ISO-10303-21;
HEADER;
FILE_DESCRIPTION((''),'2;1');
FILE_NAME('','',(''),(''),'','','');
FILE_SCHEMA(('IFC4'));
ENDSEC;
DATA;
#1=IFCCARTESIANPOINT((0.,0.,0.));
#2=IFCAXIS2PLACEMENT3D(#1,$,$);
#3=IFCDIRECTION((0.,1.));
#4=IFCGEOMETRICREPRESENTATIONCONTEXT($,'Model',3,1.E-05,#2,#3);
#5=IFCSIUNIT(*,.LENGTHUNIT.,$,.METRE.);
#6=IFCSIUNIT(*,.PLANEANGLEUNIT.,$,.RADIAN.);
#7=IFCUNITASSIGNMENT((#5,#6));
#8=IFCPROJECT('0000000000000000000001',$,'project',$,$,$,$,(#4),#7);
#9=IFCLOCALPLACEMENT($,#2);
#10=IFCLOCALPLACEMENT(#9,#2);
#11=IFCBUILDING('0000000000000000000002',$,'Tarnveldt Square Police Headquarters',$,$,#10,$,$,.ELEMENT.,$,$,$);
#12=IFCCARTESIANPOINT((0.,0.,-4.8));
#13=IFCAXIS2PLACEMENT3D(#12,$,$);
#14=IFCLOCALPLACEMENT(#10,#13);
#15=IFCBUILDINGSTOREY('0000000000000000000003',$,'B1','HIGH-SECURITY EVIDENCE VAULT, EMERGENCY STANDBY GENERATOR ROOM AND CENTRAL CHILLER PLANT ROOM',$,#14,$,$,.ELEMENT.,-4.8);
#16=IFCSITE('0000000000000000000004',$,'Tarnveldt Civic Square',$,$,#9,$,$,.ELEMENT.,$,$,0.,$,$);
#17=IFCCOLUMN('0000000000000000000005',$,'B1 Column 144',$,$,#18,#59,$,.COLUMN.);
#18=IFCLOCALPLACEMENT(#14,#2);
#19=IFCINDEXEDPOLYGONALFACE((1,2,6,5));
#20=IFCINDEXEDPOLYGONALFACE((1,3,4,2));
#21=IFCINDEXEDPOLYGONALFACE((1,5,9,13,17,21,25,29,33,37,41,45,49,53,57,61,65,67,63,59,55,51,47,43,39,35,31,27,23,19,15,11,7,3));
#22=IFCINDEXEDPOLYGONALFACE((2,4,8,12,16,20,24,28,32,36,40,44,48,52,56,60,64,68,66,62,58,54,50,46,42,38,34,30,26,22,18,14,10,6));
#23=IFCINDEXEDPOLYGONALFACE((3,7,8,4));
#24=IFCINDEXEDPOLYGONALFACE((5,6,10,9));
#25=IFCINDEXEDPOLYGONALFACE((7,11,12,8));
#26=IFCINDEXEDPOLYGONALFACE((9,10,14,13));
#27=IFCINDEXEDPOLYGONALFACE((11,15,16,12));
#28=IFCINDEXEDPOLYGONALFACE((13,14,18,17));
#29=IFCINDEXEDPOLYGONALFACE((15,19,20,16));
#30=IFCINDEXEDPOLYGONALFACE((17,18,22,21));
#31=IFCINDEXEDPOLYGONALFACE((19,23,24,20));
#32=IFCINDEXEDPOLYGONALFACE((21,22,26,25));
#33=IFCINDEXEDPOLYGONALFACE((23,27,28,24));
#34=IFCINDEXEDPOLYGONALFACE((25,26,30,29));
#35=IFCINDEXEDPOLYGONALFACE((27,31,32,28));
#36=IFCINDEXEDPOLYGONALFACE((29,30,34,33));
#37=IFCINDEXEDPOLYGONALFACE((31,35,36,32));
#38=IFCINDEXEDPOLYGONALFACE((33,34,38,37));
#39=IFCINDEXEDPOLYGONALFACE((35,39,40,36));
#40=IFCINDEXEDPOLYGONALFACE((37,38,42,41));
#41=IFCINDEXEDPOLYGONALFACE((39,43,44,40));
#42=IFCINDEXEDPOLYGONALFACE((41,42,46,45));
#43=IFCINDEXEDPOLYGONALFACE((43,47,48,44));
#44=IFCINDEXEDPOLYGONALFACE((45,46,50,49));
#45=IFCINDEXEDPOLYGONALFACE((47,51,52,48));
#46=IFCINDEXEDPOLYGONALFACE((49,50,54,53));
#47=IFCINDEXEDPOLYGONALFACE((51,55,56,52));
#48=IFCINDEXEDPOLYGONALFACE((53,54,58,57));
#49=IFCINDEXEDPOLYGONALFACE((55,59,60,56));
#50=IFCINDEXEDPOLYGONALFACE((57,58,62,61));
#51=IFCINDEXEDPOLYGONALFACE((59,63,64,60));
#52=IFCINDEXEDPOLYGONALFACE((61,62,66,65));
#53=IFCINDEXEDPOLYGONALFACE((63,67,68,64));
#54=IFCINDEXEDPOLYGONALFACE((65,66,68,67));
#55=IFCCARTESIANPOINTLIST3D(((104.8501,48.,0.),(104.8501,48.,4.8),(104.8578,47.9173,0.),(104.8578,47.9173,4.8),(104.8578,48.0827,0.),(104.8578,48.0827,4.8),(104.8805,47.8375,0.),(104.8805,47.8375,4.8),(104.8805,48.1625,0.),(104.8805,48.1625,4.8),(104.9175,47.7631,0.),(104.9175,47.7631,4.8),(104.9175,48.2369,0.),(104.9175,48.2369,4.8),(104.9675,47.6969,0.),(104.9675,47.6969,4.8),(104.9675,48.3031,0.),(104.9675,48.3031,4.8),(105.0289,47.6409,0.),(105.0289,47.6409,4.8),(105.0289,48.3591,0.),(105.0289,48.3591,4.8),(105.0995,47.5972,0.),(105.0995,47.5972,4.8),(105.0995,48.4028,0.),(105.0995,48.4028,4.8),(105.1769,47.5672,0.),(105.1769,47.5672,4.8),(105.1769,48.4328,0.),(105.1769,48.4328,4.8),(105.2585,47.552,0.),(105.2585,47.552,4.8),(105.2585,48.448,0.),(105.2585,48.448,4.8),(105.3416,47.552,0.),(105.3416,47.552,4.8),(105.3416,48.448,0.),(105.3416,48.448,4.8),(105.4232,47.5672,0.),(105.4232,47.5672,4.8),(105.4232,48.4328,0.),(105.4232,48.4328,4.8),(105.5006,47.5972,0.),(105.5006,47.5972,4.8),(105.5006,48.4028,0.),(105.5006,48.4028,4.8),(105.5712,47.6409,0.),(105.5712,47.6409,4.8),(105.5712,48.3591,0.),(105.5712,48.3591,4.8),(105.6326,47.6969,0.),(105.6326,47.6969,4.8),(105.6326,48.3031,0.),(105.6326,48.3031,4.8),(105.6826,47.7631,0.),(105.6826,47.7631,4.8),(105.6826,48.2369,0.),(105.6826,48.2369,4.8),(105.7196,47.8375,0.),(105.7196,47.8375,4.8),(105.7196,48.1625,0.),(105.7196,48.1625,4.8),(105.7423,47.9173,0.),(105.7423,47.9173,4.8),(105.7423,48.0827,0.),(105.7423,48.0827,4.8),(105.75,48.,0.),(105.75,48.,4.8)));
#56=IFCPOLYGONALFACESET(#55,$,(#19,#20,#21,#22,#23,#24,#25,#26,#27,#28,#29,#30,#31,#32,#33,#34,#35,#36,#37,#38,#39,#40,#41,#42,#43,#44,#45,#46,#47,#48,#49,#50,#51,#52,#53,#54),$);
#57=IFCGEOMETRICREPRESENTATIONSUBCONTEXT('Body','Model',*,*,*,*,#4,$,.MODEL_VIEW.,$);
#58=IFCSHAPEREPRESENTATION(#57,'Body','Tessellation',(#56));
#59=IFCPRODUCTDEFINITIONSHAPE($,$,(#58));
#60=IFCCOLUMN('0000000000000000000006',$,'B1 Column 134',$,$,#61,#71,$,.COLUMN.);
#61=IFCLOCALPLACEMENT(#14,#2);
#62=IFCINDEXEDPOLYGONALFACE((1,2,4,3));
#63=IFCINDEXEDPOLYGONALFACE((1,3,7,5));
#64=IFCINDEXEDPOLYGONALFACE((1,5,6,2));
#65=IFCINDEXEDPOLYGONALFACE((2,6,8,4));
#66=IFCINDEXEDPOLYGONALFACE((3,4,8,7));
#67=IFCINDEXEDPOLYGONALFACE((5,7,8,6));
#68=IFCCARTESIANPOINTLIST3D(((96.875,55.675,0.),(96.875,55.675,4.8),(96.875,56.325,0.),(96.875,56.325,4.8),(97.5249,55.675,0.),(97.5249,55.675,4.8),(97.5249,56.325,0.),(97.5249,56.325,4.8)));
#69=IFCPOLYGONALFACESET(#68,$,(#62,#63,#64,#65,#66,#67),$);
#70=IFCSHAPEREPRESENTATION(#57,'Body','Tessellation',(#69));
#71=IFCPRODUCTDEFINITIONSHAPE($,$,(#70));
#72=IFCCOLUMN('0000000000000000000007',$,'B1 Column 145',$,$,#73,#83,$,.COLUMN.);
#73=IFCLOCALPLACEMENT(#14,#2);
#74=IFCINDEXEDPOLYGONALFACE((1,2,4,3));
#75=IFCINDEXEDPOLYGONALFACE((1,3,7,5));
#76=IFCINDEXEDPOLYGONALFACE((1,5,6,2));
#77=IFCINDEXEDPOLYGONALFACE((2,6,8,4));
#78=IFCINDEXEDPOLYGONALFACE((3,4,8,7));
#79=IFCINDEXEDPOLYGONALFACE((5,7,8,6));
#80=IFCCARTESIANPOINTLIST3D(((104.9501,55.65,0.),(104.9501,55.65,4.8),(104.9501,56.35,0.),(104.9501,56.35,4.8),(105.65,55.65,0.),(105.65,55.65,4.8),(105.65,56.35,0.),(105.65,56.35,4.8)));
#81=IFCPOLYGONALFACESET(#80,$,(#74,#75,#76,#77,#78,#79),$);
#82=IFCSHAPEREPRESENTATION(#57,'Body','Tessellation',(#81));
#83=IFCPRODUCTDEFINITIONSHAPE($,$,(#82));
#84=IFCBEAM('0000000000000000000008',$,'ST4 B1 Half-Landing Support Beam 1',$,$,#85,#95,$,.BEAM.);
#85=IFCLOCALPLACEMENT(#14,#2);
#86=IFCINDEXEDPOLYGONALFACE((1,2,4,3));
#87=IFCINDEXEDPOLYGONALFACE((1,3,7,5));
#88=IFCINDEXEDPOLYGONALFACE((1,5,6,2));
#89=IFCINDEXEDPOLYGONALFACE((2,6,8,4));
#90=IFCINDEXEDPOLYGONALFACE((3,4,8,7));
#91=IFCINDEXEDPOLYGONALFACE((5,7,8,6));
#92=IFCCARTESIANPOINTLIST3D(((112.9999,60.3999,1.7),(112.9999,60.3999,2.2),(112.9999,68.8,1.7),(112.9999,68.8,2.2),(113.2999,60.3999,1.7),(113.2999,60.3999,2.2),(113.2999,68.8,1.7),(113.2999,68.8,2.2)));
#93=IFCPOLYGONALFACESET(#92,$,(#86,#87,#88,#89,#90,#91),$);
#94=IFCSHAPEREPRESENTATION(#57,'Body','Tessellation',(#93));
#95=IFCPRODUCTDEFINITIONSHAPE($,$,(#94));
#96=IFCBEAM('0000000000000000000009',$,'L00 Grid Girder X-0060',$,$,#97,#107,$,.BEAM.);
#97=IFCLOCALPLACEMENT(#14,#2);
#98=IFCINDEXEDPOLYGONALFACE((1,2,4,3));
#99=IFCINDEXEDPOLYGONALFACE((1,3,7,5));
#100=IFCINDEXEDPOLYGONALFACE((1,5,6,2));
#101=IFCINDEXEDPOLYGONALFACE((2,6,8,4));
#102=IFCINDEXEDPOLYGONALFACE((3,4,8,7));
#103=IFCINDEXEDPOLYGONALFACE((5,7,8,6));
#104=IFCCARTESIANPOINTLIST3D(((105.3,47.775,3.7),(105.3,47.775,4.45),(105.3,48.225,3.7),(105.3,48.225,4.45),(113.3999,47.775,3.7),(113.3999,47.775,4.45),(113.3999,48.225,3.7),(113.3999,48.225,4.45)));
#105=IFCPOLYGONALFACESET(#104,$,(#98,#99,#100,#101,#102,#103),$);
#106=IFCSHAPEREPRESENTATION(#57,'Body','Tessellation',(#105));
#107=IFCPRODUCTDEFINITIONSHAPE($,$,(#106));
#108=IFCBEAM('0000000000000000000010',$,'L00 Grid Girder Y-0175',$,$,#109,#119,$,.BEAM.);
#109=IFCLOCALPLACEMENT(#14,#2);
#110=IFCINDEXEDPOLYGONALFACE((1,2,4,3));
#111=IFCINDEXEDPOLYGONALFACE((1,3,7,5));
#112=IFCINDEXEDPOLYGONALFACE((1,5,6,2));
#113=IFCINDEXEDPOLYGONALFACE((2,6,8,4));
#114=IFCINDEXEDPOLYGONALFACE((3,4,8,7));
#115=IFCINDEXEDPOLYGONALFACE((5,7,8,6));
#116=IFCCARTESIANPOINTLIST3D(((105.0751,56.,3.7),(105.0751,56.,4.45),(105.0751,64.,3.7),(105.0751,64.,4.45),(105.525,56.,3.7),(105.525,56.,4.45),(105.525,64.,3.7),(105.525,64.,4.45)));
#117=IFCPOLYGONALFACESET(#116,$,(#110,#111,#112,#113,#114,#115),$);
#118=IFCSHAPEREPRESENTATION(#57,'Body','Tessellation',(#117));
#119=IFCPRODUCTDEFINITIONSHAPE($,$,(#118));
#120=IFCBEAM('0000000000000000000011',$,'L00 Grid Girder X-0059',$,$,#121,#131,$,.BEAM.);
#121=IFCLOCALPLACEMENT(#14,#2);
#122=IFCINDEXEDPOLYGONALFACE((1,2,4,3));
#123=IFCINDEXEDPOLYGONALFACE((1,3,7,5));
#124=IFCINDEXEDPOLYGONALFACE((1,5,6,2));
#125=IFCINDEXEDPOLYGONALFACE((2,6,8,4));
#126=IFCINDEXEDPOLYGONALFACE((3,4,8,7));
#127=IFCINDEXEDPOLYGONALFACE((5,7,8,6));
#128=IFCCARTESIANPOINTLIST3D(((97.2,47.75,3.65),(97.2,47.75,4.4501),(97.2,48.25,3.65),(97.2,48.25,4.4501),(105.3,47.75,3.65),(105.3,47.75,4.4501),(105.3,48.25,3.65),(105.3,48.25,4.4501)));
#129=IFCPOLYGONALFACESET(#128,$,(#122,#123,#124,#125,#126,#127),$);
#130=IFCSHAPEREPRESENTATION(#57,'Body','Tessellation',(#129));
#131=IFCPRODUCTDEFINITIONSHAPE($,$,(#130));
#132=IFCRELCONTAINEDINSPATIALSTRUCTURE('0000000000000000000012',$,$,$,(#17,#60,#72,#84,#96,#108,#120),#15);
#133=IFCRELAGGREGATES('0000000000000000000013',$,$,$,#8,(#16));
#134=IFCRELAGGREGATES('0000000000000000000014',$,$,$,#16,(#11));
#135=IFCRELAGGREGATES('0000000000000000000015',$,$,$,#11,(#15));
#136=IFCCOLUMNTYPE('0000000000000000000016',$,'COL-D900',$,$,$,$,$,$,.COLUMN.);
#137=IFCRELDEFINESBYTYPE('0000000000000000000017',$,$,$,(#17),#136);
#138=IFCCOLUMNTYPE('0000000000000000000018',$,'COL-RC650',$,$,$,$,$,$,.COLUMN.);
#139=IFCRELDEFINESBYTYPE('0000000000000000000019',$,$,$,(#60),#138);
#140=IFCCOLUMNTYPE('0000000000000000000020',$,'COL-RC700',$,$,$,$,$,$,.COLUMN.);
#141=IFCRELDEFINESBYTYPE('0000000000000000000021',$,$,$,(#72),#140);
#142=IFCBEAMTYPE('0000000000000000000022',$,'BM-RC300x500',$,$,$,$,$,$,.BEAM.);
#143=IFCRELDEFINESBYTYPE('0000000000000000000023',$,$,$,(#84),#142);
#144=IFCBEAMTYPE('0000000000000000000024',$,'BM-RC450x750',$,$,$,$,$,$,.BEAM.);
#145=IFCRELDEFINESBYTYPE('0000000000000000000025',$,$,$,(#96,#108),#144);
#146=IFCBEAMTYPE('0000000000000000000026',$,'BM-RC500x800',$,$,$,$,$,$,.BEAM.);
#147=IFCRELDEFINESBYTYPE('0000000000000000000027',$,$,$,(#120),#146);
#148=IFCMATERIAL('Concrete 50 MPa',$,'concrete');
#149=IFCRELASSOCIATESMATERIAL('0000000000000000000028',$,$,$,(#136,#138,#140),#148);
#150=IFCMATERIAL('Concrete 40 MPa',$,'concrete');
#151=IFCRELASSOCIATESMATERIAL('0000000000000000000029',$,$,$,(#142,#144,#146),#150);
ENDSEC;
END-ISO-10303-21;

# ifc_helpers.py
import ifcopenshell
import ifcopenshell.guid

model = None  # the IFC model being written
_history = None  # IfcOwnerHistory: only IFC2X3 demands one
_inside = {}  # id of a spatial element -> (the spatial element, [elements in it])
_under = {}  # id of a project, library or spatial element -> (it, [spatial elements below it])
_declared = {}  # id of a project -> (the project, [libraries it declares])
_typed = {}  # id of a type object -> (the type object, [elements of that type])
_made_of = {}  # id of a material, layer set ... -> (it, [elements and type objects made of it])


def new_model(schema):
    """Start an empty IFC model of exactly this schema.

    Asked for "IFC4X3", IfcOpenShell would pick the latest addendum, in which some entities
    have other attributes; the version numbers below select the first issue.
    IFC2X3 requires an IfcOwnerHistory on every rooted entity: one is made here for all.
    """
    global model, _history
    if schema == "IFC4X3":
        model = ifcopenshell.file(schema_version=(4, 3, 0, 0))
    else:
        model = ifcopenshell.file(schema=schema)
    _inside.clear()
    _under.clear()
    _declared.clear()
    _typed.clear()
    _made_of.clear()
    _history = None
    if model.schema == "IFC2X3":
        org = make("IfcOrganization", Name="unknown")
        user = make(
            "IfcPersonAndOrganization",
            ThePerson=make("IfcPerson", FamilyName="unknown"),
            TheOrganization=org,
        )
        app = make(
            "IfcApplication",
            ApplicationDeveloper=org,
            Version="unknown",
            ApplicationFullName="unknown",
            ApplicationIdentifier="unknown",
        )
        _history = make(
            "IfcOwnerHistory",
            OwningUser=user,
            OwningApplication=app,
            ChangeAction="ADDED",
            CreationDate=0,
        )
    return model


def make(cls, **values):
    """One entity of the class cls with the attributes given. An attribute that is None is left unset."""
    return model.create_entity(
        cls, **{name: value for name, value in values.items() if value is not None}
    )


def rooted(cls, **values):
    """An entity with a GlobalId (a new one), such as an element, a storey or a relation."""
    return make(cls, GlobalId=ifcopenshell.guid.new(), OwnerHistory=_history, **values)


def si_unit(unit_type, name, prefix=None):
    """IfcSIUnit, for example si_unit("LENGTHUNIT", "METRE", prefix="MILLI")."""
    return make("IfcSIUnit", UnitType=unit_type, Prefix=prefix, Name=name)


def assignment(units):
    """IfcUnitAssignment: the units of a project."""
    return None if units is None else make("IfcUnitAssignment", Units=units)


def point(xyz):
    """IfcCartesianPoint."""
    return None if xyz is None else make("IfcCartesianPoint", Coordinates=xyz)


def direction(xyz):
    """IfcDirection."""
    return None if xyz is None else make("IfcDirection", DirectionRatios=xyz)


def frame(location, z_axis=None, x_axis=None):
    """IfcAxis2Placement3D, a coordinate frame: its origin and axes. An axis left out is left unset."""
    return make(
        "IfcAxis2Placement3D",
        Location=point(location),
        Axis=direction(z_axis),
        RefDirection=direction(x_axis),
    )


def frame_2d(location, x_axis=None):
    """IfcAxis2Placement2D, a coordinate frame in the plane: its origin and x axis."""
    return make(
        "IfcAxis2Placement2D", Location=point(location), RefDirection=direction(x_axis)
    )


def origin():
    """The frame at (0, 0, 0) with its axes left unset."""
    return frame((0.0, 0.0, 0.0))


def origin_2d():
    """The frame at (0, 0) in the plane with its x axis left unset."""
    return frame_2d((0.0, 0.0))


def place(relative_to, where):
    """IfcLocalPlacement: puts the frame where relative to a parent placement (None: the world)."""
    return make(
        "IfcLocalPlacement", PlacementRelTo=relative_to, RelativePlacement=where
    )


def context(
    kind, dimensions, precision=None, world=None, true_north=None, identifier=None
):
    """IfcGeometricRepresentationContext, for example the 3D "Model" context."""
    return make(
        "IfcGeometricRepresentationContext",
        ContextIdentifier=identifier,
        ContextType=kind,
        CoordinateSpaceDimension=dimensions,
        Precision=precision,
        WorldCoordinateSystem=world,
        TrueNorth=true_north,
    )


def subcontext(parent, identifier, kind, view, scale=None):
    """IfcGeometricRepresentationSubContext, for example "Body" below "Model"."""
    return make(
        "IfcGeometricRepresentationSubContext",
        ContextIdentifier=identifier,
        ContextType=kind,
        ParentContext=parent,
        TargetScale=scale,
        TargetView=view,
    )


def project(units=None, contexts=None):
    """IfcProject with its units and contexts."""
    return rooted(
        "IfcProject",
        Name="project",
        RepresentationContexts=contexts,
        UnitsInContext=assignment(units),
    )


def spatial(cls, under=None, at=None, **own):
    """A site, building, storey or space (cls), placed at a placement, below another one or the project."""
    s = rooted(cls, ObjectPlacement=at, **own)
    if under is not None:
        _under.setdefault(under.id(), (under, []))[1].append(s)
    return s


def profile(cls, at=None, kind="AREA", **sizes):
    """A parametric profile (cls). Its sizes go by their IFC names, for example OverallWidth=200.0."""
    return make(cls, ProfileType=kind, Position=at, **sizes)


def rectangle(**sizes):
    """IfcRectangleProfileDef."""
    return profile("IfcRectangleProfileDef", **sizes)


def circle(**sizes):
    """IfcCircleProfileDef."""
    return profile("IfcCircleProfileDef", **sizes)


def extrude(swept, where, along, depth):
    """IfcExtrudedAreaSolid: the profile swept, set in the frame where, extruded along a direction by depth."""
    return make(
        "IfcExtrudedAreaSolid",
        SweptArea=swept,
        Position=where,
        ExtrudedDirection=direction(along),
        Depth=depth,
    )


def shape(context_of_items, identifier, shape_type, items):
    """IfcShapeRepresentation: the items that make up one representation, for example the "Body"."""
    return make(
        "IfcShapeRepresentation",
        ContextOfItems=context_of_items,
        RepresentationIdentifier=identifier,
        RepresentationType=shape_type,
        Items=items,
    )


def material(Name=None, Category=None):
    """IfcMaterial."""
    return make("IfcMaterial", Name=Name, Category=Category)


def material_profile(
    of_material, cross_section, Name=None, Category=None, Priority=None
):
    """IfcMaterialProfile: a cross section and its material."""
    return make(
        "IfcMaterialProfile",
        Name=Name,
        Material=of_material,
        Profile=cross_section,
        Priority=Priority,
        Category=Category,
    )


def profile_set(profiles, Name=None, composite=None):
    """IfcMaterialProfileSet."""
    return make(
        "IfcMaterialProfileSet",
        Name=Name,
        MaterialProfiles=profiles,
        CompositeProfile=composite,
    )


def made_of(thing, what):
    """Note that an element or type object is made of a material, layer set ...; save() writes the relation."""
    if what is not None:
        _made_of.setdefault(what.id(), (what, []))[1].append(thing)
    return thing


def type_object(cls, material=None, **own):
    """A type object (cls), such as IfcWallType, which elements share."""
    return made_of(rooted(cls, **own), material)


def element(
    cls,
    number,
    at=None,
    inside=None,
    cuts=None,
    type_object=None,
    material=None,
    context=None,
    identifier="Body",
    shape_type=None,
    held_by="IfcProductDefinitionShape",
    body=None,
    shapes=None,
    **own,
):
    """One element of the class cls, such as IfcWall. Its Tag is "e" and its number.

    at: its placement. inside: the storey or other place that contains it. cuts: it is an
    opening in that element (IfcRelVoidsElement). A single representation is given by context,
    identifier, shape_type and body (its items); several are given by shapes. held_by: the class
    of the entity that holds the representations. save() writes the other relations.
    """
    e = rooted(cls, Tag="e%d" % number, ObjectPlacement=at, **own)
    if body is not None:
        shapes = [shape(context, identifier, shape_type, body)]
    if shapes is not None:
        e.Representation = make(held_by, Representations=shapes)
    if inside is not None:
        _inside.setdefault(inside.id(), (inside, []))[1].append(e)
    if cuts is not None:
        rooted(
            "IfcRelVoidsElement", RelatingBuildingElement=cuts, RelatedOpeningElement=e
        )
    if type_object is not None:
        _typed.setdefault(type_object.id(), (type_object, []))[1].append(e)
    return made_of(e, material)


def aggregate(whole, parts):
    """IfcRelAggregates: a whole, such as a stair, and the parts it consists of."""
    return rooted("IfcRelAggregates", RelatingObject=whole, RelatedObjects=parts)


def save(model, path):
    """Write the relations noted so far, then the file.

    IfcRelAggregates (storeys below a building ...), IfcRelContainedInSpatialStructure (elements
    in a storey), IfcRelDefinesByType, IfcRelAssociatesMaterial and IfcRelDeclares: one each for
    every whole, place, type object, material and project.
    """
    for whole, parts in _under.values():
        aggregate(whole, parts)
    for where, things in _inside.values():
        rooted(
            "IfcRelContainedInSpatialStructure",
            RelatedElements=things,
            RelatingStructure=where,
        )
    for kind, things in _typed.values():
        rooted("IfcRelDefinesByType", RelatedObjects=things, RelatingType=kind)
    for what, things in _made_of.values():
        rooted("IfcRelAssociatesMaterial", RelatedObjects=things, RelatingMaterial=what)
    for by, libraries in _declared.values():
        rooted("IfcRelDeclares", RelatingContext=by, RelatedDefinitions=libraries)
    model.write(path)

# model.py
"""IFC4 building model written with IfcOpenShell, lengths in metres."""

from ifc_helpers import new_model, si_unit, direction, frame, origin, origin_2d, place, context, subcontext, project, spatial, rectangle, circle, extrude, material, material_profile, profile_set, type_object, element, save


model = new_model("IFC4")

# Units and contexts
model_context = context("Model", 3, precision=1e-05, world=origin(), true_north=direction((0.0, 1.0)))
body_context = subcontext(model_context, "Body", "Model", "MODEL_VIEW")
ifc_project = project(units=[si_unit("LENGTHUNIT", "METRE"), si_unit("PLANEANGLEUNIT", "RADIAN")], contexts=[model_context])

# Site, building, storey
site_placement = place(None, origin())
site = spatial("IfcSite", under=ifc_project, at=site_placement, Name="Tarnveldt Civic Square", CompositionType="ELEMENT", RefElevation=0.0)
building_placement = place(site_placement, origin())
building = spatial("IfcBuilding", under=site, at=building_placement, Name="Tarnveldt Square Police Headquarters", CompositionType="ELEMENT")
storey_placement = place(building_placement, frame((0.0, 0.0, -4.8)))
storey = spatial("IfcBuildingStorey", under=building, at=storey_placement, Name="B1", Description="HIGH-SECURITY EVIDENCE VAULT, EMERGENCY STANDBY GENERATOR ROOM AND CENTRAL CHILLER PLANT ROOM", CompositionType="ELEMENT", Elevation=-4.8)

# Shared definitions
ifc_material_1 = material(Name="Concrete 40 MPa", Category="concrete")

# Columns
ifc_material_2 = material(Name="Concrete 50 MPa", Category="concrete")
ifc_material_profile_1 = material_profile(ifc_material_2, circle(Radius=0.45, at=origin_2d()), Name="RC-D900")
ifc_profile_set_1 = profile_set([ifc_material_profile_1], Name="Concrete 50 MPa")
column_type_1 = type_object("IfcColumnType", Name="COL-D900", PredefinedType="COLUMN", material=ifc_profile_set_1)
for number, where, z_axis, x_axis, name in (
    (1, (105.3, 48.0, 0.0), (0.0, 0.0, 1.0), (1.0, 0.0, 0.0), "B1 Column 144"),
):
    element("IfcColumn", number, at=place(storey_placement, frame(where, z_axis=z_axis, x_axis=x_axis)), inside=storey, type_object=column_type_1, Name=name, PredefinedType="COLUMN", context=body_context, shape_type="SweptSolid", body=[
        extrude(circle(Radius=0.45, at=origin_2d()), origin(), (0.0, 0.0, 1.0), 4.8),
    ])
ifc_material_profile_2 = material_profile(ifc_material_2, rectangle(XDim=0.6499, YDim=0.6499, at=origin_2d()), Name="RC-C650x650")
ifc_profile_set_2 = profile_set([ifc_material_profile_2], Name="Concrete 50 MPa")
column_type_2 = type_object("IfcColumnType", Name="COL-RC650", PredefinedType="COLUMN", material=ifc_profile_set_2)
column_1_placement = place(storey_placement, frame((97.2, 56.0, 0.0), z_axis=(0.0, 0.0, 1.0), x_axis=(1.0, 0.0, 0.0)))
element("IfcColumn", 2, at=column_1_placement, inside=storey, type_object=column_type_2, Name="B1 Column 134", PredefinedType="COLUMN", context=body_context, shape_type="SweptSolid", body=[
    extrude(rectangle(XDim=0.6499, YDim=0.6499, at=origin_2d()), origin(), (0.0, 0.0, 1.0), 4.8),
])
ifc_material_profile_3 = material_profile(ifc_material_2, rectangle(XDim=0.7, YDim=0.7, at=origin_2d()), Name="RC-C700x700")
ifc_profile_set_3 = profile_set([ifc_material_profile_3], Name="Concrete 50 MPa")
column_type_3 = type_object("IfcColumnType", Name="COL-RC700", PredefinedType="COLUMN", material=ifc_profile_set_3)
column_2_placement = place(storey_placement, frame((105.3, 56.0, 0.0), z_axis=(0.0, 0.0, 1.0), x_axis=(1.0, 0.0, 0.0)))
element("IfcColumn", 3, at=column_2_placement, inside=storey, type_object=column_type_3, Name="B1 Column 145", PredefinedType="COLUMN", context=body_context, shape_type="SweptSolid", body=[
    extrude(rectangle(XDim=0.7, YDim=0.7, at=origin_2d()), origin(), (0.0, 0.0, 1.0), 4.8),
])

# Beams
ifc_material_profile_4 = material_profile(ifc_material_1, rectangle(XDim=0.3, YDim=0.5, at=origin_2d()), Name="RC-B300x500")
ifc_profile_set_4 = profile_set([ifc_material_profile_4], Name="Concrete 40 MPa")
beam_type_1 = type_object("IfcBeamType", Name="BM-RC300x500", PredefinedType="BEAM", material=ifc_profile_set_4)
beam_1_placement = place(storey_placement, frame((113.1499, 60.3999, 1.95), z_axis=(0.0, 1.0, 0.0), x_axis=(-1.0, 0.0, 0.0)))
element("IfcBeam", 4, at=beam_1_placement, inside=storey, type_object=beam_type_1, Name="ST4 B1 Half-Landing Support Beam 1", PredefinedType="BEAM", context=body_context, shape_type="SweptSolid", body=[
    extrude(rectangle(XDim=0.3, YDim=0.5, at=origin_2d()), origin(), (0.0, 0.0, 1.0), 8.4001),
])
ifc_material_profile_5 = material_profile(ifc_material_1, rectangle(XDim=0.45, YDim=0.75, at=origin_2d()), Name="RC-B450x750")
ifc_profile_set_5 = profile_set([ifc_material_profile_5], Name="Concrete 40 MPa")
beam_type_2 = type_object("IfcBeamType", Name="BM-RC450x750", PredefinedType="BEAM", material=ifc_profile_set_5)
beam_2_placement = place(storey_placement, frame((105.3, 48.0, 4.075), z_axis=(1.0, 0.0, 0.0), x_axis=(0.0, 1.0, 0.0)))
element("IfcBeam", 5, at=beam_2_placement, inside=storey, type_object=beam_type_2, Name="L00 Grid Girder X-0060", PredefinedType="BEAM", context=body_context, shape_type="SweptSolid", body=[
    extrude(rectangle(XDim=0.45, YDim=0.75, at=origin_2d()), origin(), (0.0, 0.0, 1.0), 8.0999),
])
beam_3_placement = place(storey_placement, frame((105.3, 56.0, 4.075), z_axis=(0.0, 1.0, 0.0), x_axis=(-1.0, 0.0, 0.0)))
element("IfcBeam", 6, at=beam_3_placement, inside=storey, type_object=beam_type_2, Name="L00 Grid Girder Y-0175", PredefinedType="BEAM", context=body_context, shape_type="SweptSolid", body=[
    extrude(rectangle(XDim=0.45, YDim=0.75, at=origin_2d()), origin(), (0.0, 0.0, 1.0), 8.0),
])
ifc_material_profile_6 = material_profile(ifc_material_1, rectangle(XDim=0.5, YDim=0.8, at=origin_2d()), Name="RC-B500x800")
ifc_profile_set_6 = profile_set([ifc_material_profile_6], Name="Concrete 40 MPa")
beam_type_3 = type_object("IfcBeamType", Name="BM-RC500x800", PredefinedType="BEAM", material=ifc_profile_set_6)
beam_4_placement = place(storey_placement, frame((97.2, 48.0, 4.05), z_axis=(1.0, 0.0, 0.0), x_axis=(0.0, 1.0, 0.0)))
element("IfcBeam", 7, at=beam_4_placement, inside=storey, type_object=beam_type_3, Name="L00 Grid Girder X-0059", PredefinedType="BEAM", context=body_context, shape_type="SweptSolid", body=[
    extrude(rectangle(XDim=0.5, YDim=0.8, at=origin_2d()), origin(), (0.0, 0.0, 1.0), 8.1001),
])

save(model, "model.ifc")
